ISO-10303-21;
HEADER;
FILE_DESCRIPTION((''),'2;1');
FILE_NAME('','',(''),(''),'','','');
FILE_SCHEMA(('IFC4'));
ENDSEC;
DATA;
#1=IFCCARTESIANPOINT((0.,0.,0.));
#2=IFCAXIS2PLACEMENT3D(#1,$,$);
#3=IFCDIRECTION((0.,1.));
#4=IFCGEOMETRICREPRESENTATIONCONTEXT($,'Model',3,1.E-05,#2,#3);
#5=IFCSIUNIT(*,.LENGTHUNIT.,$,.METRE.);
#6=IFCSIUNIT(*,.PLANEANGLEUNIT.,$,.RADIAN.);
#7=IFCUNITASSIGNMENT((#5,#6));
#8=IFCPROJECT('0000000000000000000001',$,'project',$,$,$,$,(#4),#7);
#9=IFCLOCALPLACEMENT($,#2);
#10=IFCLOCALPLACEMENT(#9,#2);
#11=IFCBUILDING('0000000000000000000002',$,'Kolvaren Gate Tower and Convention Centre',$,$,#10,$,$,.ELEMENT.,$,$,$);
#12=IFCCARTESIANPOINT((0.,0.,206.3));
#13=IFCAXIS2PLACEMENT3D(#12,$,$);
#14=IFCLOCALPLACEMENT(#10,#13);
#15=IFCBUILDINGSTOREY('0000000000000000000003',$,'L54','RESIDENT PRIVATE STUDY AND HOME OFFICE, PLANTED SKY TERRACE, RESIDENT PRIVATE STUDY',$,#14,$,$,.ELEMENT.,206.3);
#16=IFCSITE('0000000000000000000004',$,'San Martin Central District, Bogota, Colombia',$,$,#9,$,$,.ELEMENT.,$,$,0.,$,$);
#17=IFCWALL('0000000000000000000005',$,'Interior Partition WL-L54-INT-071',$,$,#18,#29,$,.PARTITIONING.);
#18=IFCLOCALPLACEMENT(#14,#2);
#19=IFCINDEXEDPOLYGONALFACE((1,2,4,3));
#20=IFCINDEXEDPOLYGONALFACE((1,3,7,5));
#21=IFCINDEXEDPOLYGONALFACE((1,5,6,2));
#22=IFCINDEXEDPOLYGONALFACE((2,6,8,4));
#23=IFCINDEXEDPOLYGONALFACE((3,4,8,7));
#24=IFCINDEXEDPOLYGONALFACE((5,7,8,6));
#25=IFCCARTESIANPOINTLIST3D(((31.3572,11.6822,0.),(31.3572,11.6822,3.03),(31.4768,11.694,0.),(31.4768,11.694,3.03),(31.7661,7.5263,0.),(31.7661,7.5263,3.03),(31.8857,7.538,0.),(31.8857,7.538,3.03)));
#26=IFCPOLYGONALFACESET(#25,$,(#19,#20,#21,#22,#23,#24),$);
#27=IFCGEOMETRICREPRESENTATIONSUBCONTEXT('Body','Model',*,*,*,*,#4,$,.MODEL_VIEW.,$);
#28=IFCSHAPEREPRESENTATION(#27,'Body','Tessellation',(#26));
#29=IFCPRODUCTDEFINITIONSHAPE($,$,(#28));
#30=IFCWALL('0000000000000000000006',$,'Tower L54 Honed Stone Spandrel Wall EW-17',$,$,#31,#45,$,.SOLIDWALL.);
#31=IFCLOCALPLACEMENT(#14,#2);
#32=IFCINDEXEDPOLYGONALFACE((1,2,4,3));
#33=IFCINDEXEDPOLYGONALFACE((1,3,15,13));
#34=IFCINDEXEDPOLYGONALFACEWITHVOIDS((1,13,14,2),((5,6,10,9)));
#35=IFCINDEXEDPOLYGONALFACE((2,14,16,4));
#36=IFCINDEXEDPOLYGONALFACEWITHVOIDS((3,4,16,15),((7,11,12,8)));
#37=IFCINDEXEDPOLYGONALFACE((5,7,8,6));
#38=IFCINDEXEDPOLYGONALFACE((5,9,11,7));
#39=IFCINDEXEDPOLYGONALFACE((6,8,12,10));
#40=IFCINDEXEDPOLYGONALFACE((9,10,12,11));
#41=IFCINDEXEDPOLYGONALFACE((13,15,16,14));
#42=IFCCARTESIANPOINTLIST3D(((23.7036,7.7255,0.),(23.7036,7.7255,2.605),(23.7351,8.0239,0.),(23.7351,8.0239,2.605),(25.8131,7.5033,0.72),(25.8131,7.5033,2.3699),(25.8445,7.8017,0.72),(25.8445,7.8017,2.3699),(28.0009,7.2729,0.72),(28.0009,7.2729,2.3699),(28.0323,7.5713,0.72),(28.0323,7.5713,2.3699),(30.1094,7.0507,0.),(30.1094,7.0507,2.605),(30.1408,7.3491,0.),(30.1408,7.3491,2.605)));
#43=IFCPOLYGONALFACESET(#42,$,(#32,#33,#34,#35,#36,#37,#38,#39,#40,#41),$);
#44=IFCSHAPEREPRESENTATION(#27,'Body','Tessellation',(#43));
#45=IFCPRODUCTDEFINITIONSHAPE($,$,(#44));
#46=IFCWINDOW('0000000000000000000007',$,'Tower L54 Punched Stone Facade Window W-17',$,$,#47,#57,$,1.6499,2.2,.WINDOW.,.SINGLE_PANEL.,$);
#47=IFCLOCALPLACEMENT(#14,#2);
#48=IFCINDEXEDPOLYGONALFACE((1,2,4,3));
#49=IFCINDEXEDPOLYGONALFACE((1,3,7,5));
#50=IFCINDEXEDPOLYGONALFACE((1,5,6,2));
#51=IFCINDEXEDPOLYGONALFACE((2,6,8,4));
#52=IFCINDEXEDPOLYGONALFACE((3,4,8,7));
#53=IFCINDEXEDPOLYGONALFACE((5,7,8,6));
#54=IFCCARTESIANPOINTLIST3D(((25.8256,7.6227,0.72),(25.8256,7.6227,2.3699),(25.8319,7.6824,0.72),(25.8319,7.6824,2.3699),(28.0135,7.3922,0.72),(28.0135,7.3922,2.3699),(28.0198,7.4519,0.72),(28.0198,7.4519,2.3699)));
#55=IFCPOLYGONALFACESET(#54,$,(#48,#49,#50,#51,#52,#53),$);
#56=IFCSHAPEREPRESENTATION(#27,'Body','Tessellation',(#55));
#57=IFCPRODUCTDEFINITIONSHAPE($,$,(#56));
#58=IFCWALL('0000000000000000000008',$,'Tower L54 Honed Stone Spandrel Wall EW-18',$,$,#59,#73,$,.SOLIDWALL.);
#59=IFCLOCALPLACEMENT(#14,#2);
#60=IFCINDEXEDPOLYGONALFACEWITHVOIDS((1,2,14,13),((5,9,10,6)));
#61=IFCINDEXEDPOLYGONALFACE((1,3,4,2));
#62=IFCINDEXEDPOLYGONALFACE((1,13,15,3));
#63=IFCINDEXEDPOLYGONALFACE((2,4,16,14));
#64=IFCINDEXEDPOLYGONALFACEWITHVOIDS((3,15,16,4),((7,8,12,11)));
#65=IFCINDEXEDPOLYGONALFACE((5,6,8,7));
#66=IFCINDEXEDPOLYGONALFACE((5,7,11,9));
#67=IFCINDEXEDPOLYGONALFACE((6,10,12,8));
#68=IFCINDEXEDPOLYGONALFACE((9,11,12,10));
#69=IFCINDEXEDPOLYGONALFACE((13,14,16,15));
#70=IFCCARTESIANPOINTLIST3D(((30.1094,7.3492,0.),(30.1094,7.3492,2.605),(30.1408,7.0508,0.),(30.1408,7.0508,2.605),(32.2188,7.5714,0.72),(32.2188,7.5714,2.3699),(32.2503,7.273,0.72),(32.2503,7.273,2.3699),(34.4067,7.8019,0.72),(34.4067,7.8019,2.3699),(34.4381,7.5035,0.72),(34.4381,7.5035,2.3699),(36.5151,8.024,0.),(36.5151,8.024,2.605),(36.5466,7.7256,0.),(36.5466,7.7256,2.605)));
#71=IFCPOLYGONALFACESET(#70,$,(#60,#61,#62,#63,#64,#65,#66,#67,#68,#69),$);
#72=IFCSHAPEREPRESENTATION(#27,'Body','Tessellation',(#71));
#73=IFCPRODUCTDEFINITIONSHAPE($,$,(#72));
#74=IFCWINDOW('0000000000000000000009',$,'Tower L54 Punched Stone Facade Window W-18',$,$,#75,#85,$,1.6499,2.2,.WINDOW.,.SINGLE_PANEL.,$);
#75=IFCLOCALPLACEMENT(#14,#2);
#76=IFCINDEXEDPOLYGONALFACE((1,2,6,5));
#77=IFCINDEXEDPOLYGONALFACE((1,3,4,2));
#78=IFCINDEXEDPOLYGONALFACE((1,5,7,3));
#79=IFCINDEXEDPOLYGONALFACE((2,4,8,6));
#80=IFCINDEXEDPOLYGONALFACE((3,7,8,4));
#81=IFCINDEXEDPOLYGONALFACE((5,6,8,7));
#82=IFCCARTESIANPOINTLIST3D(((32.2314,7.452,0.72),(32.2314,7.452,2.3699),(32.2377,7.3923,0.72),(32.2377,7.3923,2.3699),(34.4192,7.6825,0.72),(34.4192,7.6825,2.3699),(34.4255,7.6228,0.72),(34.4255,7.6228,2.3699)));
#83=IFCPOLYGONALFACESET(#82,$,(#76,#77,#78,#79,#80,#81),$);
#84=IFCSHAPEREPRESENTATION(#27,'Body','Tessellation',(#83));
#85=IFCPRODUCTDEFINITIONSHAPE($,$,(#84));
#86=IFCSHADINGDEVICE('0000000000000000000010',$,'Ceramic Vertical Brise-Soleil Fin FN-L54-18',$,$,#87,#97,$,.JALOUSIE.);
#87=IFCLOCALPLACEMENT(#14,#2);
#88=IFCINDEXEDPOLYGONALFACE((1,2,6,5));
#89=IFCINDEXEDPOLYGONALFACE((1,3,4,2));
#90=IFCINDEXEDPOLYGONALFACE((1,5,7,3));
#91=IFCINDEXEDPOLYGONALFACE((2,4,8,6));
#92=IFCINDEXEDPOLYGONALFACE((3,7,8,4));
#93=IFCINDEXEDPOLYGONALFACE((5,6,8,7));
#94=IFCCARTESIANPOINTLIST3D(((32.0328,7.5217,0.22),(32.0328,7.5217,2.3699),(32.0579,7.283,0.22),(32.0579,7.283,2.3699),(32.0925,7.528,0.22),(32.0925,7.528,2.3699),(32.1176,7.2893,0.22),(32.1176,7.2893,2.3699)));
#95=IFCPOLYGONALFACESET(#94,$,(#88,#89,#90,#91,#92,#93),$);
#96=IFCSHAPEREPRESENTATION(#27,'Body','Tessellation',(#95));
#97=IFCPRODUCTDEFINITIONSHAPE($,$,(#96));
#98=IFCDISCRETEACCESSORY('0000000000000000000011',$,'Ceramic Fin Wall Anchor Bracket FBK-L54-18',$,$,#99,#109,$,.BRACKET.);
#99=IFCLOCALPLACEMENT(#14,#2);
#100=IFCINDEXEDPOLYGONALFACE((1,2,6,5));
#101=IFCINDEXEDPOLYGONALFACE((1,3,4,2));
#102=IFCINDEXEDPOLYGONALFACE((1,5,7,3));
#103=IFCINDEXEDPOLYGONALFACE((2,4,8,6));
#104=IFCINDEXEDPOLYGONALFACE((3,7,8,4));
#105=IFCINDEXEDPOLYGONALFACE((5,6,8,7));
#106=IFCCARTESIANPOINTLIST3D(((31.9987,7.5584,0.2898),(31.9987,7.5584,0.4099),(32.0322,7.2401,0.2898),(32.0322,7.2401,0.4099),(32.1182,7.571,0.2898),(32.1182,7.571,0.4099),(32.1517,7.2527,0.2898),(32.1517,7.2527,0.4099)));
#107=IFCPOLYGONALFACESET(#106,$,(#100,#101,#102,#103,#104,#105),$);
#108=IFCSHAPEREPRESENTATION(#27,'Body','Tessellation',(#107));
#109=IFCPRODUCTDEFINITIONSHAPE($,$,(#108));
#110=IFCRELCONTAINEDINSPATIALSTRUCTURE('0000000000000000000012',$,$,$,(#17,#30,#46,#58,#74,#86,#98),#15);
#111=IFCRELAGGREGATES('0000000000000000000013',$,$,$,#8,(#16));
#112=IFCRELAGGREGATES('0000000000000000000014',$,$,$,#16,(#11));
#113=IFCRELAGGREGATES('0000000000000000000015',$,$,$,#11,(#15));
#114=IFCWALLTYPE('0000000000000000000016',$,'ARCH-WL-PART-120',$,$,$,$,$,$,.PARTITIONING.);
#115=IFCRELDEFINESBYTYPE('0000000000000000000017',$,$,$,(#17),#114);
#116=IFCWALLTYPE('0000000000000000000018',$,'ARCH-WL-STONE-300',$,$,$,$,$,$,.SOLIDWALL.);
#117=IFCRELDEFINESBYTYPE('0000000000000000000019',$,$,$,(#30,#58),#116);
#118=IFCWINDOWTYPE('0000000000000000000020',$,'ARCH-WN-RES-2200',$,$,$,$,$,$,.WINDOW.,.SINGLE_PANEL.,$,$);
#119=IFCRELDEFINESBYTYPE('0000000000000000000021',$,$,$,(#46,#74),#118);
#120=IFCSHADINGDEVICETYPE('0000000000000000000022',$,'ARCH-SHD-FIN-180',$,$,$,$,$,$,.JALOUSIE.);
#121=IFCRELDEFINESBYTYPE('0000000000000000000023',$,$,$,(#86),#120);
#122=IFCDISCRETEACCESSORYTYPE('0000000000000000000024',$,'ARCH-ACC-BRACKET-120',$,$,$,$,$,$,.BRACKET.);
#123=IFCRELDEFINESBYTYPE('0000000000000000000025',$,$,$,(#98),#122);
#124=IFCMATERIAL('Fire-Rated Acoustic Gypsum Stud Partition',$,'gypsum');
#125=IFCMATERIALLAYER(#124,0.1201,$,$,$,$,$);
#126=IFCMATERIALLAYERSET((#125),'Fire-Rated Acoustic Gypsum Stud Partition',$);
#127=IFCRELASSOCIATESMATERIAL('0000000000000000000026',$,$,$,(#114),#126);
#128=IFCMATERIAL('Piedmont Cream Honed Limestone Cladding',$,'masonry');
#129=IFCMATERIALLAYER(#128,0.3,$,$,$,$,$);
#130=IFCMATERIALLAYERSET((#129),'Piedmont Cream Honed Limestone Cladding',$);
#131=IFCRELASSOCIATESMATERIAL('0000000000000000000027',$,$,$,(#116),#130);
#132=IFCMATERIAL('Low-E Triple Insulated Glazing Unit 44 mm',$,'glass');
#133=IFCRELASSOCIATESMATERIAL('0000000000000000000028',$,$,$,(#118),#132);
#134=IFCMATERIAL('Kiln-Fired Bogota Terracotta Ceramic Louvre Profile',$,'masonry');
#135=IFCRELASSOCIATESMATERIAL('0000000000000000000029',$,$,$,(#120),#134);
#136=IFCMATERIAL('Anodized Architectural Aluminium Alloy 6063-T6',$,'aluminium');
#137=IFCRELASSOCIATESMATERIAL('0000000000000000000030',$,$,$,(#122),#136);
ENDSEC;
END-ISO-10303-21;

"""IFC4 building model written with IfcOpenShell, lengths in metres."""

from ifc_helpers import new_model, si_unit, direction, frame, frame_2d, origin, origin_2d, place, context, subcontext, project, spatial, rectangle, extrude, material, layer, layer_set, type_object, element, fill, save


model = new_model("IFC4")

# Units and contexts
model_context = context("Model", 3, precision=1e-05, world=origin(), true_north=direction((0.0, 1.0)))
body_context = subcontext(model_context, "Body", "Model", "MODEL_VIEW")
ifc_project = project(units=[si_unit("LENGTHUNIT", "METRE"), si_unit("PLANEANGLEUNIT", "RADIAN")], contexts=[model_context])

# Site, building, storey
site_placement = place(None, origin())
site = spatial("IfcSite", under=ifc_project, at=site_placement, Name="San Martin Central District, Bogota, Colombia", CompositionType="ELEMENT", RefElevation=0.0)
building_placement = place(site_placement, origin())
building = spatial("IfcBuilding", under=site, at=building_placement, Name="Kolvaren Gate Tower and Convention Centre", CompositionType="ELEMENT")
storey_placement = place(building_placement, frame((0.0, 0.0, 206.3)))
storey = spatial("IfcBuildingStorey", under=building, at=storey_placement, Name="L54", Description="RESIDENT PRIVATE STUDY AND HOME OFFICE, PLANTED SKY TERRACE, RESIDENT PRIVATE STUDY", CompositionType="ELEMENT", Elevation=206.3)

# Shared definitions
ifc_material_1 = material(Name="Fire-Rated Acoustic Gypsum Stud Partition", Category="gypsum")
ifc_layer_1 = layer(ifc_material_1, 0.1201)
ifc_layer_set_1 = layer_set([ifc_layer_1], Name="Fire-Rated Acoustic Gypsum Stud Partition")
wall_type_1 = type_object("IfcWallType", Name="ARCH-WL-PART-120", PredefinedType="PARTITIONING", material=ifc_layer_set_1)

# Wall
wall_1_placement = place(storey_placement, frame((31.417, 11.688, 0.0), z_axis=(0.0, 0.0, 1.0), x_axis=(0.097923, -0.995194, 0.0)))
element("IfcWall", 1, at=wall_1_placement, inside=storey, type_object=wall_type_1, Name="Interior Partition WL-L54-INT-071", PredefinedType="PARTITIONING", context=body_context, shape_type="SweptSolid", body=[
    extrude(rectangle(XDim=4.176, YDim=0.1201, at=frame_2d((2.0879, 0.0))), origin(), (0.0, 0.0, 1.0), 3.03),
])

# Walls, openings, windows
ifc_material_2 = material(Name="Piedmont Cream Honed Limestone Cladding", Category="masonry")
ifc_layer_2 = layer(ifc_material_2, 0.3)
ifc_layer_set_2 = layer_set([ifc_layer_2], Name="Piedmont Cream Honed Limestone Cladding")
wall_type_2 = type_object("IfcWallType", Name="ARCH-WL-STONE-300", PredefinedType="SOLIDWALL", material=ifc_layer_set_2)
wall_2_placement = place(storey_placement, frame((23.7192, 7.8748, 0.0), z_axis=(0.0, 0.0, 1.0), x_axis=(0.994497, -0.104764, 0.0)))
wall_2 = element("IfcWall", 2, at=wall_2_placement, inside=storey, type_object=wall_type_2, Name="Tower L54 Honed Stone Spandrel Wall EW-17", PredefinedType="SOLIDWALL", context=body_context, shape_type="SweptSolid", body=[
    extrude(rectangle(XDim=6.4412, YDim=0.3, at=frame_2d((3.2207, 0.0))), origin(), (0.0, 0.0, 1.0), 2.605),
])
opening_1_placement = place(wall_2_placement, frame((2.1211, 0.0, 0.72)))
opening_1 = element("IfcOpeningElement", 3, at=opening_1_placement, cuts=wall_2, PredefinedType="OPENING", context=body_context, shape_type="SweptSolid", body=[
    extrude(rectangle(XDim=2.2, YDim=1.6499, at=frame_2d((1.1001, 0.825))), frame((0.0, 0.1599, 0.0), z_axis=(0.0, -1.0, 0.0), x_axis=(1.0, 0.0, 0.0)), (0.0, 0.0, 1.0), 0.3201),
])
ifc_material_3 = material(Name="Low-E Triple Insulated Glazing Unit 44 mm", Category="glass")
window_type = type_object("IfcWindowType", Name="ARCH-WN-RES-2200", PartitioningType="SINGLE_PANEL", PredefinedType="WINDOW", material=ifc_material_3)
window_1_placement = place(opening_1_placement, origin())
window_1 = element("IfcWindow", 4, at=window_1_placement, inside=storey, type_object=window_type, Name="Tower L54 Punched Stone Facade Window W-17", OverallHeight=1.6499, OverallWidth=2.2, PartitioningType="SINGLE_PANEL", PredefinedType="WINDOW", context=body_context, shape_type="SweptSolid", body=[
    extrude(rectangle(XDim=2.2, YDim=1.6499, at=frame_2d((1.1001, 0.825))), frame((0.0, 0.03, 0.0), z_axis=(0.0, -1.0, 0.0), x_axis=(1.0, 0.0, 0.0)), (0.0, 0.0, 1.0), 0.0601),
])
fill(opening_1, window_1)
wall_3_placement = place(storey_placement, frame((30.125, 7.2, 0.0), z_axis=(0.0, 0.0, 1.0), x_axis=(0.994497, 0.104764, 0.0)))
wall_3 = element("IfcWall", 5, at=wall_3_placement, inside=storey, type_object=wall_type_2, Name="Tower L54 Honed Stone Spandrel Wall EW-18", PredefinedType="SOLIDWALL", context=body_context, shape_type="SweptSolid", body=[
    extrude(rectangle(XDim=6.4412, YDim=0.3, at=frame_2d((3.2207, 0.0))), origin(), (0.0, 0.0, 1.0), 2.605),
])
opening_2_placement = place(wall_3_placement, frame((2.1211, 0.0, 0.72)))
opening_2 = element("IfcOpeningElement", 6, at=opening_2_placement, cuts=wall_3, PredefinedType="OPENING", context=body_context, shape_type="SweptSolid", body=[
    extrude(rectangle(XDim=2.2, YDim=1.6499, at=frame_2d((1.1001, 0.825))), frame((0.0, 0.1599, 0.0), z_axis=(0.0, -1.0, 0.0), x_axis=(1.0, 0.0, 0.0)), (0.0, 0.0, 1.0), 0.3201),
])
window_2_placement = place(opening_2_placement, origin())
window_2 = element("IfcWindow", 7, at=window_2_placement, inside=storey, type_object=window_type, Name="Tower L54 Punched Stone Facade Window W-18", OverallHeight=1.6499, OverallWidth=2.2, PartitioningType="SINGLE_PANEL", PredefinedType="WINDOW", context=body_context, shape_type="SweptSolid", body=[
    extrude(rectangle(XDim=2.2, YDim=1.6499, at=frame_2d((1.1001, 0.825))), frame((0.0, 0.03, 0.0), z_axis=(0.0, -1.0, 0.0), x_axis=(1.0, 0.0, 0.0)), (0.0, 0.0, 1.0), 0.0601),
])
fill(opening_2, window_2)

# Shading device
ifc_material_4 = material(Name="Kiln-Fired Bogota Terracotta Ceramic Louvre Profile", Category="masonry")
shading_device_type = type_object("IfcShadingDeviceType", Name="ARCH-SHD-FIN-180", PredefinedType="JALOUSIE", material=ifc_material_4)
shading_device_placement = place(storey_placement, frame((32.0752, 7.4055, 0.22), z_axis=(0.0, 0.0, 1.0), x_axis=(0.994499, 0.104747, 0.0)))
element("IfcShadingDevice", 8, at=shading_device_placement, inside=storey, type_object=shading_device_type, Name="Ceramic Vertical Brise-Soleil Fin FN-L54-18", PredefinedType="JALOUSIE", context=body_context, shape_type="SweptSolid", body=[
    extrude(rectangle(XDim=0.0601, YDim=0.24, at=origin_2d()), origin(), (0.0, 0.0, 1.0), 2.1499),
])

# Discrete accessory
ifc_material_5 = material(Name="Anodized Architectural Aluminium Alloy 6063-T6", Category="aluminium")
discrete_accessory_type = type_object("IfcDiscreteAccessoryType", Name="ARCH-ACC-BRACKET-120", PredefinedType="BRACKET", material=ifc_material_5)
discrete_accessory_placement = place(storey_placement, frame((32.0752, 7.4055, 0.2898), z_axis=(0.0, 0.0, 1.0), x_axis=(0.994499, 0.104747, 0.0)))
element("IfcDiscreteAccessory", 9, at=discrete_accessory_placement, inside=storey, type_object=discrete_accessory_type, Name="Ceramic Fin Wall Anchor Bracket FBK-L54-18", PredefinedType="BRACKET", context=body_context, shape_type="SweptSolid", body=[
    extrude(rectangle(XDim=0.1201, YDim=0.3201, at=origin_2d()), origin(), (0.0, 0.0, 1.0), 0.1201),
])

save(model, "model.ifc")
